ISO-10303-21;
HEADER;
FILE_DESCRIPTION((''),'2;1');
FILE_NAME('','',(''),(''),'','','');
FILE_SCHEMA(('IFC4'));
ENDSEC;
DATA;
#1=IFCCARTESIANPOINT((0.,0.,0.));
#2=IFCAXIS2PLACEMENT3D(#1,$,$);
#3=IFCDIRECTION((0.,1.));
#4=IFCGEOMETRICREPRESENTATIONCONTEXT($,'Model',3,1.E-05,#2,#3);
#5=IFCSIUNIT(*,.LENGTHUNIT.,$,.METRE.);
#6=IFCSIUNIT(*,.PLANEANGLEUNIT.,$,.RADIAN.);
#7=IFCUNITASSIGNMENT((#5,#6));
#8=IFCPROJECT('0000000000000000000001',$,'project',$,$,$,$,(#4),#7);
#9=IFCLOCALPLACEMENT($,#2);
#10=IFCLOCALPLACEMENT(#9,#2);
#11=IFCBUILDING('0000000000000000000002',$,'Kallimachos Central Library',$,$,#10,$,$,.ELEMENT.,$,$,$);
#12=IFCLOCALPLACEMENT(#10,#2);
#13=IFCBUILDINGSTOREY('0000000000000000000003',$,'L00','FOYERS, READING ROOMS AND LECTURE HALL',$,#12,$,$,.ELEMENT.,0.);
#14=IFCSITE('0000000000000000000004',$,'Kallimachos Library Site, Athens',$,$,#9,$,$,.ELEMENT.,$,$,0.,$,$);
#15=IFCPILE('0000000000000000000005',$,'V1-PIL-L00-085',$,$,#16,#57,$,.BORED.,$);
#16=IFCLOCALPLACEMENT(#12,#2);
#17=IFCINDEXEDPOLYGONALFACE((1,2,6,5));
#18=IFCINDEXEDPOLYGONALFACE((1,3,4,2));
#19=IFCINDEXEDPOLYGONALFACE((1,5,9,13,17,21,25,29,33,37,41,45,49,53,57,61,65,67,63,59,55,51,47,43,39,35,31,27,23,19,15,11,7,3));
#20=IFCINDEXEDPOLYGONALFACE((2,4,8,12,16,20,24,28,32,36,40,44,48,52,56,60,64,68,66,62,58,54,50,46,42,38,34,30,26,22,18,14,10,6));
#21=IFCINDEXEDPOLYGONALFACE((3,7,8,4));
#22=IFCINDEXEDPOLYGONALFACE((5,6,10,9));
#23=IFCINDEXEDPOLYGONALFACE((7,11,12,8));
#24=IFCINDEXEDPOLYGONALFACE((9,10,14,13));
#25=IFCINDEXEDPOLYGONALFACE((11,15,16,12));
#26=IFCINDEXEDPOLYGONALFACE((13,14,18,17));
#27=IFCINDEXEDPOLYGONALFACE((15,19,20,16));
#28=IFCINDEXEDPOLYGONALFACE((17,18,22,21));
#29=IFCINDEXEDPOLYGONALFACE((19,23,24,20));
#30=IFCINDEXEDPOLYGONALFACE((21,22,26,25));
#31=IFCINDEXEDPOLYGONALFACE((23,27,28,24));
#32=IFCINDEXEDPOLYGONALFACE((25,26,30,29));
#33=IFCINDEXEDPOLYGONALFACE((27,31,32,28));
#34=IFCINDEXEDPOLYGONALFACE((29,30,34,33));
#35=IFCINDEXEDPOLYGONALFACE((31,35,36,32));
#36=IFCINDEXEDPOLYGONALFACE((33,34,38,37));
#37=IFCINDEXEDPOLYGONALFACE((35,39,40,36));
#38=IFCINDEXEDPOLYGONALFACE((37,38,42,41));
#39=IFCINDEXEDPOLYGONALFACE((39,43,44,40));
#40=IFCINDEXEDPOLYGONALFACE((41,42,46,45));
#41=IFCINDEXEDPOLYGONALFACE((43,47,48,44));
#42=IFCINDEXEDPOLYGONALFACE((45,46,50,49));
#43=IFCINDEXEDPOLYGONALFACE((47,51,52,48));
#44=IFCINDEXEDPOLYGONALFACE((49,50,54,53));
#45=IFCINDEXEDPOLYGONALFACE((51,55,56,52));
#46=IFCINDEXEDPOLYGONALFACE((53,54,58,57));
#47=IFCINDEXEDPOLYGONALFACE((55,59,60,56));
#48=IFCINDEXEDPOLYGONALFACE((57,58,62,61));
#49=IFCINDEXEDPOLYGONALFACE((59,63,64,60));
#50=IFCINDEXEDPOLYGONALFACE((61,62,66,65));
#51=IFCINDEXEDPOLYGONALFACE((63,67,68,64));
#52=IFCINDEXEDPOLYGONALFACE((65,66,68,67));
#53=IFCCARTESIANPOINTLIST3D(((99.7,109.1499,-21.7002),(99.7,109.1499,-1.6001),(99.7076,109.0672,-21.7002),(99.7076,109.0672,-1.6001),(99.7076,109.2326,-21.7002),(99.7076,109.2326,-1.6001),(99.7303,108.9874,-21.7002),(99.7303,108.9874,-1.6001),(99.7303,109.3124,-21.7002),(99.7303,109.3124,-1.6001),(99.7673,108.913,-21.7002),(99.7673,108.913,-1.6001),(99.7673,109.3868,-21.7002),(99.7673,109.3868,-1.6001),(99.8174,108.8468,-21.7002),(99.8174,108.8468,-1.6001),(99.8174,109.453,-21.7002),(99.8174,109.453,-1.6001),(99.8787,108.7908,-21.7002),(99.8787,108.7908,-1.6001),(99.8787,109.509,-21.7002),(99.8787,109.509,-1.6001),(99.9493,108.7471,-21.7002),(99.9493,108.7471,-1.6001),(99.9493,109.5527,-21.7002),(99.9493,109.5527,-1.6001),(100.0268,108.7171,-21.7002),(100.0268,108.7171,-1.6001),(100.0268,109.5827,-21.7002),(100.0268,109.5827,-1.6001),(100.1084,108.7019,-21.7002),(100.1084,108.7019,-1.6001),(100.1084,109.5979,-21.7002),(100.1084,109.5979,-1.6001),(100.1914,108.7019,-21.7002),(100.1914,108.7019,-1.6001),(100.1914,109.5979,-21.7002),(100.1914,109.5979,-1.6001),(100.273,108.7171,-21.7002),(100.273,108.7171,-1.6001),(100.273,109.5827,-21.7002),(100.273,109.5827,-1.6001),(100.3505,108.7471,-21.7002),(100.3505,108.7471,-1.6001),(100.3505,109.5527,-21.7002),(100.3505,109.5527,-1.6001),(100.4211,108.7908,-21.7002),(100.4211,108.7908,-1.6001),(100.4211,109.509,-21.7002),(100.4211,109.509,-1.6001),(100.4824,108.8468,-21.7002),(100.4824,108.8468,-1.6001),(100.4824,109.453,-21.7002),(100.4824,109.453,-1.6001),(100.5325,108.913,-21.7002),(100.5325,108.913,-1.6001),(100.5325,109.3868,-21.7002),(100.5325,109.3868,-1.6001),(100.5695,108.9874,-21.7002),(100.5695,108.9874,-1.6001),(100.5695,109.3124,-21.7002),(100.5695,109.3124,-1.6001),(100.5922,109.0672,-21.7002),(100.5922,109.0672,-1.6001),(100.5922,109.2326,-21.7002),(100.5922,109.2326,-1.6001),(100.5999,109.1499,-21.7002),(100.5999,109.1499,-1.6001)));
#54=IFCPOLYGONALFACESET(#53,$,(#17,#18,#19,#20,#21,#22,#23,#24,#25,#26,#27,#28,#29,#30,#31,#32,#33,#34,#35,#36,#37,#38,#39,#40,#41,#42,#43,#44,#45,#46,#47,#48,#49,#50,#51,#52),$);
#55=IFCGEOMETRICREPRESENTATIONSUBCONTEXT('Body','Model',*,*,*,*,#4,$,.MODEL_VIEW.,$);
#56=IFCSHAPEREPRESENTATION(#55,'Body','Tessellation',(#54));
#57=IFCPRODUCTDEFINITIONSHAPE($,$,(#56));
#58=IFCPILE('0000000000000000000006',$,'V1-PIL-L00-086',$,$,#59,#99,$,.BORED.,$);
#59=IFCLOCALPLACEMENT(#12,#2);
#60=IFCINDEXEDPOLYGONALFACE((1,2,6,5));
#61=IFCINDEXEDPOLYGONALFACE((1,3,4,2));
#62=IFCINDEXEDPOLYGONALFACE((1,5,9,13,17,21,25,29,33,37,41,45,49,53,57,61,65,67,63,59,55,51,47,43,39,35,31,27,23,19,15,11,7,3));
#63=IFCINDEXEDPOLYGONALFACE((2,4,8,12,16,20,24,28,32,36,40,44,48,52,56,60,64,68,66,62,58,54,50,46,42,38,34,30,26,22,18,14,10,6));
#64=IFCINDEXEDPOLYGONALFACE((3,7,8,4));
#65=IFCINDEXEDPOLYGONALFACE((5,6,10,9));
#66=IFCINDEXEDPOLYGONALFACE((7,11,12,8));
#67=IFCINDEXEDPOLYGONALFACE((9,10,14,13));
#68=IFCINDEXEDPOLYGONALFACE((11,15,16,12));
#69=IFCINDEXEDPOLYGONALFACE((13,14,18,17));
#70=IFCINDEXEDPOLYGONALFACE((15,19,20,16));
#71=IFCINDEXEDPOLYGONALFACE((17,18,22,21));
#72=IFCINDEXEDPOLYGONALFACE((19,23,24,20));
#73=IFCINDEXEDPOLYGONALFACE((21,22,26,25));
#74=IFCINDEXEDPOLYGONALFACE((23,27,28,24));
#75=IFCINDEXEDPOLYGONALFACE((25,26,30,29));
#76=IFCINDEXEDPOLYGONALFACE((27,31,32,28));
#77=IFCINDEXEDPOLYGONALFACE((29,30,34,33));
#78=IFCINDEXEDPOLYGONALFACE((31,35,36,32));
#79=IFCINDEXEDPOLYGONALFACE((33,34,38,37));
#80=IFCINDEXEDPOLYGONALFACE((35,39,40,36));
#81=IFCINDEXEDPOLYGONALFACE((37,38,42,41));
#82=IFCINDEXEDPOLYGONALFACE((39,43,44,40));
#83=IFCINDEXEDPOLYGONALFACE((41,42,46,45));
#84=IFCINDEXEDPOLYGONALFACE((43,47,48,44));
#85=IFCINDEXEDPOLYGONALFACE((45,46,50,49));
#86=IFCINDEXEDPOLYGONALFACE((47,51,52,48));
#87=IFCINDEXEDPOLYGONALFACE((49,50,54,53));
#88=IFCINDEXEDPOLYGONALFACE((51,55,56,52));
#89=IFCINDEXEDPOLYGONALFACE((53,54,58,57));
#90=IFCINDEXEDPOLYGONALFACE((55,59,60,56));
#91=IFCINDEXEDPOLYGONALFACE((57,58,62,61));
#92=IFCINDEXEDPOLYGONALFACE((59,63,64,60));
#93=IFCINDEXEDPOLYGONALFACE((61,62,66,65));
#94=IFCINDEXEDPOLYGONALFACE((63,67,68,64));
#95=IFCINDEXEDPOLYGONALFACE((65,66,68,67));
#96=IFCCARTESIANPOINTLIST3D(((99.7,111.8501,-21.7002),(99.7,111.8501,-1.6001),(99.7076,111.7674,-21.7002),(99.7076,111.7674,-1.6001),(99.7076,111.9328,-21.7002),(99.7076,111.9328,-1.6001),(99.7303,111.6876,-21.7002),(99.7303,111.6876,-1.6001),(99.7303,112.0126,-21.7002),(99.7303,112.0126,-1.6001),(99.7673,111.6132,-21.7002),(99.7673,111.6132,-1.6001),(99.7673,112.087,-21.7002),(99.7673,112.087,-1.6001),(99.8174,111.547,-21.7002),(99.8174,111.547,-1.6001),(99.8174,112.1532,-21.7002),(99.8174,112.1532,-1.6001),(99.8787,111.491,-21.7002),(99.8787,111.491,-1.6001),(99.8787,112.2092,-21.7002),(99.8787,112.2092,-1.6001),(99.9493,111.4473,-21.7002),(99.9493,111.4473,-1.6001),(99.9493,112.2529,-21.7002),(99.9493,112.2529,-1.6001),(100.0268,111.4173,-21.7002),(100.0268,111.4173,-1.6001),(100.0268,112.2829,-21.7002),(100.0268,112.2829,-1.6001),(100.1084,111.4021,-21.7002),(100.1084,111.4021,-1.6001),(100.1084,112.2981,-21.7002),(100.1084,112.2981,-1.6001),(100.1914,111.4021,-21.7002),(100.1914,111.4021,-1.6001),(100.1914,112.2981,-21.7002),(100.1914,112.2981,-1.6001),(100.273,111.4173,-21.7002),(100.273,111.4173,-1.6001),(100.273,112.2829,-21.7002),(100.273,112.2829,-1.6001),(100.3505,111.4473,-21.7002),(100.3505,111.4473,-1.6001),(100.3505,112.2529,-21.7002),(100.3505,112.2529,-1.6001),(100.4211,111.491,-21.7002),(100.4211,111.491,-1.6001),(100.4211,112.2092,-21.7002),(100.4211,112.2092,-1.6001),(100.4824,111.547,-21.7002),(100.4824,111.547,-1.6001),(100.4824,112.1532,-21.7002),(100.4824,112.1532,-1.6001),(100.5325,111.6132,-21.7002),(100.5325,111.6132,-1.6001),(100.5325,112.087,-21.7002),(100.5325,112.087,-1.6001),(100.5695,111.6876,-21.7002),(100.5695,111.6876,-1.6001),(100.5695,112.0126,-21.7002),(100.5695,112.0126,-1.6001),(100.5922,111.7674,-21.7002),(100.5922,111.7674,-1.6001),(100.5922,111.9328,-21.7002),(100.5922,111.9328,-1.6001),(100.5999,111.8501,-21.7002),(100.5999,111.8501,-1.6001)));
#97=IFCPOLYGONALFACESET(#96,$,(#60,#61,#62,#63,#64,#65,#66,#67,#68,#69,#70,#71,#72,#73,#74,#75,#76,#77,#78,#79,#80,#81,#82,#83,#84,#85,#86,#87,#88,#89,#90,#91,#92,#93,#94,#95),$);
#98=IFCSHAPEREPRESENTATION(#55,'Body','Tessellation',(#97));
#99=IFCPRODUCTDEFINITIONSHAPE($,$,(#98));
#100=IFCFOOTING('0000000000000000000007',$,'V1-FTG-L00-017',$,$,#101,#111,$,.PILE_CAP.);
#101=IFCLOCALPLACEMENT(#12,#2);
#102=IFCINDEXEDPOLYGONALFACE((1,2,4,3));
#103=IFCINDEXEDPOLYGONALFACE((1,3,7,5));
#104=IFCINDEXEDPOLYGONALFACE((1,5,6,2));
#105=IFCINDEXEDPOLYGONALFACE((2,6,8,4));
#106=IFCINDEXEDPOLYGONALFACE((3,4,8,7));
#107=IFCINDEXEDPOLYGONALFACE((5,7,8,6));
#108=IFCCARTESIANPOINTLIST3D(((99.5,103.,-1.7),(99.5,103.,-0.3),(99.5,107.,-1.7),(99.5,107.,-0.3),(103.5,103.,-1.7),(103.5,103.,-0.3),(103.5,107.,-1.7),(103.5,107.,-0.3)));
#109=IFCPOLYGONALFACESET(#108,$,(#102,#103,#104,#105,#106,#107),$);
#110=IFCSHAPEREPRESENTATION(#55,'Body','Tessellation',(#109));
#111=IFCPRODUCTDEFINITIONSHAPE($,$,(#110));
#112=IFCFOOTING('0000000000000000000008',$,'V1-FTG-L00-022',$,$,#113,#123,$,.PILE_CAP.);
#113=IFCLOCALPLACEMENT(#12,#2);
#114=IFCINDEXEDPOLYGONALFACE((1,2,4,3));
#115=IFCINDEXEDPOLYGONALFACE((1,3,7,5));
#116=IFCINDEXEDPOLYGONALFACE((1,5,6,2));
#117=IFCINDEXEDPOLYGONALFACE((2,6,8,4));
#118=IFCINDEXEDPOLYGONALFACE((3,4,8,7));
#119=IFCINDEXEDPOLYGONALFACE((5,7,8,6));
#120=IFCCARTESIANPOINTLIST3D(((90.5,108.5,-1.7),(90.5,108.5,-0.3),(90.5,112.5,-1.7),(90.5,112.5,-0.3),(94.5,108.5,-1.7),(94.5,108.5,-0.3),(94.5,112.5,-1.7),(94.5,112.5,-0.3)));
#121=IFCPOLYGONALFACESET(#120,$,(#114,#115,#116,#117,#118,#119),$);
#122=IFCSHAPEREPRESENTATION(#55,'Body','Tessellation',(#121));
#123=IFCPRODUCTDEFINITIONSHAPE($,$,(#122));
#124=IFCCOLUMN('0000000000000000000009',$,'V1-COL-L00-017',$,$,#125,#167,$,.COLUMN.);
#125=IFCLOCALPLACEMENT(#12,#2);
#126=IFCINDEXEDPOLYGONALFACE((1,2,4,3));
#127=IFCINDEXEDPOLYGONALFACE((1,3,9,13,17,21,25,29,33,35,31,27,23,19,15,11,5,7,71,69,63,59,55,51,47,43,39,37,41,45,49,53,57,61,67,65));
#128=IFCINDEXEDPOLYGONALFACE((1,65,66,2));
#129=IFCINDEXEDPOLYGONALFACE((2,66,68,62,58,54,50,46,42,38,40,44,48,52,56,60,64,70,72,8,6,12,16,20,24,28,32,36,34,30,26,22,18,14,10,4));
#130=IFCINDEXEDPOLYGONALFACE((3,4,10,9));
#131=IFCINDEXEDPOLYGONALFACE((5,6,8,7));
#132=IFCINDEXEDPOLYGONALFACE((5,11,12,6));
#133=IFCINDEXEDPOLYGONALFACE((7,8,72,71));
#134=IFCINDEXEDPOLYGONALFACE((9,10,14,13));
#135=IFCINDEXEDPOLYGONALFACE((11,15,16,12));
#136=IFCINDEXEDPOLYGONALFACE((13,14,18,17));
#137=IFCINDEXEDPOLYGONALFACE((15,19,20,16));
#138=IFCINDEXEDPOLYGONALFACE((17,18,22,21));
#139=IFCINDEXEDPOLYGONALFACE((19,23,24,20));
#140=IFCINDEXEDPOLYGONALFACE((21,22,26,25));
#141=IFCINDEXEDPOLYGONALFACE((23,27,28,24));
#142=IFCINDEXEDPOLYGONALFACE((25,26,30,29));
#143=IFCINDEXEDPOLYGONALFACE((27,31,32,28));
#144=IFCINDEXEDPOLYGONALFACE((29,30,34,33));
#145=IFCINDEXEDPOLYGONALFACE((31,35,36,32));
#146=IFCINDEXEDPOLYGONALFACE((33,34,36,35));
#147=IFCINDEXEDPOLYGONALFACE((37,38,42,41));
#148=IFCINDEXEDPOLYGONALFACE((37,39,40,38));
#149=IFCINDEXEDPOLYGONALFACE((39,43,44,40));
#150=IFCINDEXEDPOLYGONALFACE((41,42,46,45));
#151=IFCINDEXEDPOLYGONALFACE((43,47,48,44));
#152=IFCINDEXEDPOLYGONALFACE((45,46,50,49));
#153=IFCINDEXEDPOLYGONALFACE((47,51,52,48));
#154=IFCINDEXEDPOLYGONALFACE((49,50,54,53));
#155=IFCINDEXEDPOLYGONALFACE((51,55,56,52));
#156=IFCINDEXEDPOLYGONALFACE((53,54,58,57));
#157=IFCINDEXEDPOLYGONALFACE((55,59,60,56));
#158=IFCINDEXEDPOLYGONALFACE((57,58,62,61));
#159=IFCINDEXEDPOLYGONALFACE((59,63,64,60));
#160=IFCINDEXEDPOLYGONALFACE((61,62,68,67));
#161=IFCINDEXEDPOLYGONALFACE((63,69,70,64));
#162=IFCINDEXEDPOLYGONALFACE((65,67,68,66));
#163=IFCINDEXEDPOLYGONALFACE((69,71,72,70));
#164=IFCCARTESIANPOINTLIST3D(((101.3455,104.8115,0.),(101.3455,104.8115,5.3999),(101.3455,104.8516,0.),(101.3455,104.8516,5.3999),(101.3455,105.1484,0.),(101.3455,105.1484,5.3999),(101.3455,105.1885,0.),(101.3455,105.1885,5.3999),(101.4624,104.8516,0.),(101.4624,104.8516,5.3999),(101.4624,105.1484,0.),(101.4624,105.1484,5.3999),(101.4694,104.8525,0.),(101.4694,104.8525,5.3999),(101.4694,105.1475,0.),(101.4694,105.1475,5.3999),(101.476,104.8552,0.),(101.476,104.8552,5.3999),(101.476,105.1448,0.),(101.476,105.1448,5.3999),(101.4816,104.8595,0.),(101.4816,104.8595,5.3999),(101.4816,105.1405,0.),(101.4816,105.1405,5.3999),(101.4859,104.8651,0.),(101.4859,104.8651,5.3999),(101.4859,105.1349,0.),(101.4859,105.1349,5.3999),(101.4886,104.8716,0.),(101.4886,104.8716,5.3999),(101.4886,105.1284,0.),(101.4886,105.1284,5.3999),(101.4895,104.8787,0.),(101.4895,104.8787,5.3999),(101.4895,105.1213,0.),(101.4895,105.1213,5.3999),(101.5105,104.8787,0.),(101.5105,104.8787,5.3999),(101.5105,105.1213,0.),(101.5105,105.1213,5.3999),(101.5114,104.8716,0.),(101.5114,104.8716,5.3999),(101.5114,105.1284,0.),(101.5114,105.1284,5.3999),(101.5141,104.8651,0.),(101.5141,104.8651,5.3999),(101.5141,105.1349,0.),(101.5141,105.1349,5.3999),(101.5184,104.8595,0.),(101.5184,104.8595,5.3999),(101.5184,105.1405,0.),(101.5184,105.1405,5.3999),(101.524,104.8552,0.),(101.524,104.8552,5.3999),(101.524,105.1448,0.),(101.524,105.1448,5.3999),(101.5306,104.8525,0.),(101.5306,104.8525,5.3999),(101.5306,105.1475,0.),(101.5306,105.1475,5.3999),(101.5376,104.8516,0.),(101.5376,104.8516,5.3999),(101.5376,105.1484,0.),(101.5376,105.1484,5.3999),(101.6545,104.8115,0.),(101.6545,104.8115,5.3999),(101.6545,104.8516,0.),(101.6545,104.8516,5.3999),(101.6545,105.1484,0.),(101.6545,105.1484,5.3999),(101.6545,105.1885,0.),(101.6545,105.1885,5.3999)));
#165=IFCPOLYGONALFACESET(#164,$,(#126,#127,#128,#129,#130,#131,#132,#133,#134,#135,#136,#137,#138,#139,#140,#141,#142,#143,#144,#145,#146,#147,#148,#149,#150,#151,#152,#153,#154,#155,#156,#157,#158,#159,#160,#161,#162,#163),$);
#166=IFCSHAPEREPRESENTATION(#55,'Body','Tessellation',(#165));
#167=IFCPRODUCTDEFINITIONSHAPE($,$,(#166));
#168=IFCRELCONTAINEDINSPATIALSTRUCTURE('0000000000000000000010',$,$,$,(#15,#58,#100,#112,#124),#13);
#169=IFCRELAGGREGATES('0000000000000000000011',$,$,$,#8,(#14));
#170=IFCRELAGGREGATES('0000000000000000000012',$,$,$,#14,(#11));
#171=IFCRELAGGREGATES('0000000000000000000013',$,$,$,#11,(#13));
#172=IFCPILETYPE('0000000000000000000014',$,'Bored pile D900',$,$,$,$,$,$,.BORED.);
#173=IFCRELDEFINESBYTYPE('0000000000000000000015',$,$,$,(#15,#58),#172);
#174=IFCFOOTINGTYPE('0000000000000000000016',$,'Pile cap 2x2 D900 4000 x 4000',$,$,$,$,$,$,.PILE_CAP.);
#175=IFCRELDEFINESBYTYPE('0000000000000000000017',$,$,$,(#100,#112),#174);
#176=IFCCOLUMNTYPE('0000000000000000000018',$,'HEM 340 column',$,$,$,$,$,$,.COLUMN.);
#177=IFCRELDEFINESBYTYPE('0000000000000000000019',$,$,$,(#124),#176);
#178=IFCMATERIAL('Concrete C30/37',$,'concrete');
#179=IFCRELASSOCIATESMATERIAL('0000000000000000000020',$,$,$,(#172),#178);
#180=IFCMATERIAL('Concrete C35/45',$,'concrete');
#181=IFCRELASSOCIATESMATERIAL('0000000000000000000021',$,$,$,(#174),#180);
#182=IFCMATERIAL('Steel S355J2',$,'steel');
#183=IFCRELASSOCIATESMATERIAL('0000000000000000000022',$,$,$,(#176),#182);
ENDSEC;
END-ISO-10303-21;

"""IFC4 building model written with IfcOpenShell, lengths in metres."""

from ifc_helpers import new_model, si_unit, direction, frame, origin, origin_2d, place, context, subcontext, project, spatial, rectangle, circle, i_section, extrude, material, material_profile, profile_set, type_object, element, save


model = new_model("IFC4")

# Units and contexts
model_context = context("Model", 3, precision=1e-05, world=origin(), true_north=direction((0.0, 1.0)))
body_context = subcontext(model_context, "Body", "Model", "MODEL_VIEW")
ifc_project = project(units=[si_unit("LENGTHUNIT", "METRE"), si_unit("PLANEANGLEUNIT", "RADIAN")], contexts=[model_context])

# Site, building, storey
site_placement = place(None, origin())
site = spatial("IfcSite", under=ifc_project, at=site_placement, Name="Kallimachos Library Site, Athens", CompositionType="ELEMENT", RefElevation=0.0)
building_placement = place(site_placement, origin())
building = spatial("IfcBuilding", under=site, at=building_placement, Name="Kallimachos Central Library", CompositionType="ELEMENT")
storey_placement = place(building_placement, origin())
storey = spatial("IfcBuildingStorey", under=building, at=storey_placement, Name="L00", Description="FOYERS, READING ROOMS AND LECTURE HALL", CompositionType="ELEMENT", Elevation=0.0)

# Piles
ifc_material_1 = material(Name="Concrete C30/37", Category="concrete")
pile_type = type_object("IfcPileType", Name="Bored pile D900", PredefinedType="BORED", material=ifc_material_1)
for number, where, z_axis, x_axis, name in (
    (1, (100.1499, 109.1499, -1.6001), (0.0, 0.0, -1.0), (1.0, 0.0, 0.0), "V1-PIL-L00-085"),
    (2, (100.1499, 111.8501, -1.6001), (0.0, 0.0, -1.0), (1.0, 0.0, 0.0), "V1-PIL-L00-086"),
):
    element("IfcPile", number, at=place(storey_placement, frame(where, z_axis=z_axis, x_axis=x_axis)), inside=storey, type_object=pile_type, Name=name, PredefinedType="BORED", context=body_context, shape_type="SweptSolid", body=[
        extrude(circle(Radius=0.45, at=origin_2d()), origin(), (0.0, 0.0, 1.0), 20.1001),
    ])

# Footings
ifc_material_2 = material(Name="Concrete C35/45", Category="concrete")
footing_type = type_object("IfcFootingType", Name="Pile cap 2x2 D900 4000 x 4000", PredefinedType="PILE_CAP", material=ifc_material_2)
for number, where, z_axis, x_axis, name in (
    (3, (101.5, 105.0, -1.7), (0.0, 0.0, 1.0), (1.0, 0.0, 0.0), "V1-FTG-L00-017"),
    (4, (92.5, 110.5, -1.7), (0.0, 0.0, 1.0), (1.0, 0.0, 0.0), "V1-FTG-L00-022"),
):
    element("IfcFooting", number, at=place(storey_placement, frame(where, z_axis=z_axis, x_axis=x_axis)), inside=storey, type_object=footing_type, Name=name, PredefinedType="PILE_CAP", context=body_context, shape_type="SweptSolid", body=[
        extrude(rectangle(XDim=4.0, YDim=4.0, at=origin_2d()), origin(), (0.0, 0.0, 1.0), 1.3999),
    ])

# Column
ifc_material_3 = material(Name="Steel S355J2", Category="steel")
ifc_material_profile_1 = material_profile(ifc_material_3, i_section(OverallWidth=0.3091, OverallDepth=0.377, WebThickness=0.021, FlangeThickness=0.04, FilletRadius=0.0271, at=origin_2d()), Name="HEM 340")
ifc_profile_set_1 = profile_set([ifc_material_profile_1], Name="Steel S355J2")
column_type = type_object("IfcColumnType", Name="HEM 340 column", PredefinedType="COLUMN", material=ifc_profile_set_1)
for number, where, z_axis, x_axis, name in (
    (5, (101.5, 105.0, 0.0), (0.0, 0.0, 1.0), (1.0, 0.0, 0.0), "V1-COL-L00-017"),
):
    element("IfcColumn", number, at=place(storey_placement, frame(where, z_axis=z_axis, x_axis=x_axis)), inside=storey, type_object=column_type, Name=name, PredefinedType="COLUMN", context=body_context, shape_type="SweptSolid", body=[
        extrude(i_section(OverallWidth=0.3091, OverallDepth=0.377, WebThickness=0.021, FlangeThickness=0.04, FilletRadius=0.0271, at=origin_2d()), origin(), (0.0, 0.0, 1.0), 5.3999),
    ])

save(model, "model.ifc")
